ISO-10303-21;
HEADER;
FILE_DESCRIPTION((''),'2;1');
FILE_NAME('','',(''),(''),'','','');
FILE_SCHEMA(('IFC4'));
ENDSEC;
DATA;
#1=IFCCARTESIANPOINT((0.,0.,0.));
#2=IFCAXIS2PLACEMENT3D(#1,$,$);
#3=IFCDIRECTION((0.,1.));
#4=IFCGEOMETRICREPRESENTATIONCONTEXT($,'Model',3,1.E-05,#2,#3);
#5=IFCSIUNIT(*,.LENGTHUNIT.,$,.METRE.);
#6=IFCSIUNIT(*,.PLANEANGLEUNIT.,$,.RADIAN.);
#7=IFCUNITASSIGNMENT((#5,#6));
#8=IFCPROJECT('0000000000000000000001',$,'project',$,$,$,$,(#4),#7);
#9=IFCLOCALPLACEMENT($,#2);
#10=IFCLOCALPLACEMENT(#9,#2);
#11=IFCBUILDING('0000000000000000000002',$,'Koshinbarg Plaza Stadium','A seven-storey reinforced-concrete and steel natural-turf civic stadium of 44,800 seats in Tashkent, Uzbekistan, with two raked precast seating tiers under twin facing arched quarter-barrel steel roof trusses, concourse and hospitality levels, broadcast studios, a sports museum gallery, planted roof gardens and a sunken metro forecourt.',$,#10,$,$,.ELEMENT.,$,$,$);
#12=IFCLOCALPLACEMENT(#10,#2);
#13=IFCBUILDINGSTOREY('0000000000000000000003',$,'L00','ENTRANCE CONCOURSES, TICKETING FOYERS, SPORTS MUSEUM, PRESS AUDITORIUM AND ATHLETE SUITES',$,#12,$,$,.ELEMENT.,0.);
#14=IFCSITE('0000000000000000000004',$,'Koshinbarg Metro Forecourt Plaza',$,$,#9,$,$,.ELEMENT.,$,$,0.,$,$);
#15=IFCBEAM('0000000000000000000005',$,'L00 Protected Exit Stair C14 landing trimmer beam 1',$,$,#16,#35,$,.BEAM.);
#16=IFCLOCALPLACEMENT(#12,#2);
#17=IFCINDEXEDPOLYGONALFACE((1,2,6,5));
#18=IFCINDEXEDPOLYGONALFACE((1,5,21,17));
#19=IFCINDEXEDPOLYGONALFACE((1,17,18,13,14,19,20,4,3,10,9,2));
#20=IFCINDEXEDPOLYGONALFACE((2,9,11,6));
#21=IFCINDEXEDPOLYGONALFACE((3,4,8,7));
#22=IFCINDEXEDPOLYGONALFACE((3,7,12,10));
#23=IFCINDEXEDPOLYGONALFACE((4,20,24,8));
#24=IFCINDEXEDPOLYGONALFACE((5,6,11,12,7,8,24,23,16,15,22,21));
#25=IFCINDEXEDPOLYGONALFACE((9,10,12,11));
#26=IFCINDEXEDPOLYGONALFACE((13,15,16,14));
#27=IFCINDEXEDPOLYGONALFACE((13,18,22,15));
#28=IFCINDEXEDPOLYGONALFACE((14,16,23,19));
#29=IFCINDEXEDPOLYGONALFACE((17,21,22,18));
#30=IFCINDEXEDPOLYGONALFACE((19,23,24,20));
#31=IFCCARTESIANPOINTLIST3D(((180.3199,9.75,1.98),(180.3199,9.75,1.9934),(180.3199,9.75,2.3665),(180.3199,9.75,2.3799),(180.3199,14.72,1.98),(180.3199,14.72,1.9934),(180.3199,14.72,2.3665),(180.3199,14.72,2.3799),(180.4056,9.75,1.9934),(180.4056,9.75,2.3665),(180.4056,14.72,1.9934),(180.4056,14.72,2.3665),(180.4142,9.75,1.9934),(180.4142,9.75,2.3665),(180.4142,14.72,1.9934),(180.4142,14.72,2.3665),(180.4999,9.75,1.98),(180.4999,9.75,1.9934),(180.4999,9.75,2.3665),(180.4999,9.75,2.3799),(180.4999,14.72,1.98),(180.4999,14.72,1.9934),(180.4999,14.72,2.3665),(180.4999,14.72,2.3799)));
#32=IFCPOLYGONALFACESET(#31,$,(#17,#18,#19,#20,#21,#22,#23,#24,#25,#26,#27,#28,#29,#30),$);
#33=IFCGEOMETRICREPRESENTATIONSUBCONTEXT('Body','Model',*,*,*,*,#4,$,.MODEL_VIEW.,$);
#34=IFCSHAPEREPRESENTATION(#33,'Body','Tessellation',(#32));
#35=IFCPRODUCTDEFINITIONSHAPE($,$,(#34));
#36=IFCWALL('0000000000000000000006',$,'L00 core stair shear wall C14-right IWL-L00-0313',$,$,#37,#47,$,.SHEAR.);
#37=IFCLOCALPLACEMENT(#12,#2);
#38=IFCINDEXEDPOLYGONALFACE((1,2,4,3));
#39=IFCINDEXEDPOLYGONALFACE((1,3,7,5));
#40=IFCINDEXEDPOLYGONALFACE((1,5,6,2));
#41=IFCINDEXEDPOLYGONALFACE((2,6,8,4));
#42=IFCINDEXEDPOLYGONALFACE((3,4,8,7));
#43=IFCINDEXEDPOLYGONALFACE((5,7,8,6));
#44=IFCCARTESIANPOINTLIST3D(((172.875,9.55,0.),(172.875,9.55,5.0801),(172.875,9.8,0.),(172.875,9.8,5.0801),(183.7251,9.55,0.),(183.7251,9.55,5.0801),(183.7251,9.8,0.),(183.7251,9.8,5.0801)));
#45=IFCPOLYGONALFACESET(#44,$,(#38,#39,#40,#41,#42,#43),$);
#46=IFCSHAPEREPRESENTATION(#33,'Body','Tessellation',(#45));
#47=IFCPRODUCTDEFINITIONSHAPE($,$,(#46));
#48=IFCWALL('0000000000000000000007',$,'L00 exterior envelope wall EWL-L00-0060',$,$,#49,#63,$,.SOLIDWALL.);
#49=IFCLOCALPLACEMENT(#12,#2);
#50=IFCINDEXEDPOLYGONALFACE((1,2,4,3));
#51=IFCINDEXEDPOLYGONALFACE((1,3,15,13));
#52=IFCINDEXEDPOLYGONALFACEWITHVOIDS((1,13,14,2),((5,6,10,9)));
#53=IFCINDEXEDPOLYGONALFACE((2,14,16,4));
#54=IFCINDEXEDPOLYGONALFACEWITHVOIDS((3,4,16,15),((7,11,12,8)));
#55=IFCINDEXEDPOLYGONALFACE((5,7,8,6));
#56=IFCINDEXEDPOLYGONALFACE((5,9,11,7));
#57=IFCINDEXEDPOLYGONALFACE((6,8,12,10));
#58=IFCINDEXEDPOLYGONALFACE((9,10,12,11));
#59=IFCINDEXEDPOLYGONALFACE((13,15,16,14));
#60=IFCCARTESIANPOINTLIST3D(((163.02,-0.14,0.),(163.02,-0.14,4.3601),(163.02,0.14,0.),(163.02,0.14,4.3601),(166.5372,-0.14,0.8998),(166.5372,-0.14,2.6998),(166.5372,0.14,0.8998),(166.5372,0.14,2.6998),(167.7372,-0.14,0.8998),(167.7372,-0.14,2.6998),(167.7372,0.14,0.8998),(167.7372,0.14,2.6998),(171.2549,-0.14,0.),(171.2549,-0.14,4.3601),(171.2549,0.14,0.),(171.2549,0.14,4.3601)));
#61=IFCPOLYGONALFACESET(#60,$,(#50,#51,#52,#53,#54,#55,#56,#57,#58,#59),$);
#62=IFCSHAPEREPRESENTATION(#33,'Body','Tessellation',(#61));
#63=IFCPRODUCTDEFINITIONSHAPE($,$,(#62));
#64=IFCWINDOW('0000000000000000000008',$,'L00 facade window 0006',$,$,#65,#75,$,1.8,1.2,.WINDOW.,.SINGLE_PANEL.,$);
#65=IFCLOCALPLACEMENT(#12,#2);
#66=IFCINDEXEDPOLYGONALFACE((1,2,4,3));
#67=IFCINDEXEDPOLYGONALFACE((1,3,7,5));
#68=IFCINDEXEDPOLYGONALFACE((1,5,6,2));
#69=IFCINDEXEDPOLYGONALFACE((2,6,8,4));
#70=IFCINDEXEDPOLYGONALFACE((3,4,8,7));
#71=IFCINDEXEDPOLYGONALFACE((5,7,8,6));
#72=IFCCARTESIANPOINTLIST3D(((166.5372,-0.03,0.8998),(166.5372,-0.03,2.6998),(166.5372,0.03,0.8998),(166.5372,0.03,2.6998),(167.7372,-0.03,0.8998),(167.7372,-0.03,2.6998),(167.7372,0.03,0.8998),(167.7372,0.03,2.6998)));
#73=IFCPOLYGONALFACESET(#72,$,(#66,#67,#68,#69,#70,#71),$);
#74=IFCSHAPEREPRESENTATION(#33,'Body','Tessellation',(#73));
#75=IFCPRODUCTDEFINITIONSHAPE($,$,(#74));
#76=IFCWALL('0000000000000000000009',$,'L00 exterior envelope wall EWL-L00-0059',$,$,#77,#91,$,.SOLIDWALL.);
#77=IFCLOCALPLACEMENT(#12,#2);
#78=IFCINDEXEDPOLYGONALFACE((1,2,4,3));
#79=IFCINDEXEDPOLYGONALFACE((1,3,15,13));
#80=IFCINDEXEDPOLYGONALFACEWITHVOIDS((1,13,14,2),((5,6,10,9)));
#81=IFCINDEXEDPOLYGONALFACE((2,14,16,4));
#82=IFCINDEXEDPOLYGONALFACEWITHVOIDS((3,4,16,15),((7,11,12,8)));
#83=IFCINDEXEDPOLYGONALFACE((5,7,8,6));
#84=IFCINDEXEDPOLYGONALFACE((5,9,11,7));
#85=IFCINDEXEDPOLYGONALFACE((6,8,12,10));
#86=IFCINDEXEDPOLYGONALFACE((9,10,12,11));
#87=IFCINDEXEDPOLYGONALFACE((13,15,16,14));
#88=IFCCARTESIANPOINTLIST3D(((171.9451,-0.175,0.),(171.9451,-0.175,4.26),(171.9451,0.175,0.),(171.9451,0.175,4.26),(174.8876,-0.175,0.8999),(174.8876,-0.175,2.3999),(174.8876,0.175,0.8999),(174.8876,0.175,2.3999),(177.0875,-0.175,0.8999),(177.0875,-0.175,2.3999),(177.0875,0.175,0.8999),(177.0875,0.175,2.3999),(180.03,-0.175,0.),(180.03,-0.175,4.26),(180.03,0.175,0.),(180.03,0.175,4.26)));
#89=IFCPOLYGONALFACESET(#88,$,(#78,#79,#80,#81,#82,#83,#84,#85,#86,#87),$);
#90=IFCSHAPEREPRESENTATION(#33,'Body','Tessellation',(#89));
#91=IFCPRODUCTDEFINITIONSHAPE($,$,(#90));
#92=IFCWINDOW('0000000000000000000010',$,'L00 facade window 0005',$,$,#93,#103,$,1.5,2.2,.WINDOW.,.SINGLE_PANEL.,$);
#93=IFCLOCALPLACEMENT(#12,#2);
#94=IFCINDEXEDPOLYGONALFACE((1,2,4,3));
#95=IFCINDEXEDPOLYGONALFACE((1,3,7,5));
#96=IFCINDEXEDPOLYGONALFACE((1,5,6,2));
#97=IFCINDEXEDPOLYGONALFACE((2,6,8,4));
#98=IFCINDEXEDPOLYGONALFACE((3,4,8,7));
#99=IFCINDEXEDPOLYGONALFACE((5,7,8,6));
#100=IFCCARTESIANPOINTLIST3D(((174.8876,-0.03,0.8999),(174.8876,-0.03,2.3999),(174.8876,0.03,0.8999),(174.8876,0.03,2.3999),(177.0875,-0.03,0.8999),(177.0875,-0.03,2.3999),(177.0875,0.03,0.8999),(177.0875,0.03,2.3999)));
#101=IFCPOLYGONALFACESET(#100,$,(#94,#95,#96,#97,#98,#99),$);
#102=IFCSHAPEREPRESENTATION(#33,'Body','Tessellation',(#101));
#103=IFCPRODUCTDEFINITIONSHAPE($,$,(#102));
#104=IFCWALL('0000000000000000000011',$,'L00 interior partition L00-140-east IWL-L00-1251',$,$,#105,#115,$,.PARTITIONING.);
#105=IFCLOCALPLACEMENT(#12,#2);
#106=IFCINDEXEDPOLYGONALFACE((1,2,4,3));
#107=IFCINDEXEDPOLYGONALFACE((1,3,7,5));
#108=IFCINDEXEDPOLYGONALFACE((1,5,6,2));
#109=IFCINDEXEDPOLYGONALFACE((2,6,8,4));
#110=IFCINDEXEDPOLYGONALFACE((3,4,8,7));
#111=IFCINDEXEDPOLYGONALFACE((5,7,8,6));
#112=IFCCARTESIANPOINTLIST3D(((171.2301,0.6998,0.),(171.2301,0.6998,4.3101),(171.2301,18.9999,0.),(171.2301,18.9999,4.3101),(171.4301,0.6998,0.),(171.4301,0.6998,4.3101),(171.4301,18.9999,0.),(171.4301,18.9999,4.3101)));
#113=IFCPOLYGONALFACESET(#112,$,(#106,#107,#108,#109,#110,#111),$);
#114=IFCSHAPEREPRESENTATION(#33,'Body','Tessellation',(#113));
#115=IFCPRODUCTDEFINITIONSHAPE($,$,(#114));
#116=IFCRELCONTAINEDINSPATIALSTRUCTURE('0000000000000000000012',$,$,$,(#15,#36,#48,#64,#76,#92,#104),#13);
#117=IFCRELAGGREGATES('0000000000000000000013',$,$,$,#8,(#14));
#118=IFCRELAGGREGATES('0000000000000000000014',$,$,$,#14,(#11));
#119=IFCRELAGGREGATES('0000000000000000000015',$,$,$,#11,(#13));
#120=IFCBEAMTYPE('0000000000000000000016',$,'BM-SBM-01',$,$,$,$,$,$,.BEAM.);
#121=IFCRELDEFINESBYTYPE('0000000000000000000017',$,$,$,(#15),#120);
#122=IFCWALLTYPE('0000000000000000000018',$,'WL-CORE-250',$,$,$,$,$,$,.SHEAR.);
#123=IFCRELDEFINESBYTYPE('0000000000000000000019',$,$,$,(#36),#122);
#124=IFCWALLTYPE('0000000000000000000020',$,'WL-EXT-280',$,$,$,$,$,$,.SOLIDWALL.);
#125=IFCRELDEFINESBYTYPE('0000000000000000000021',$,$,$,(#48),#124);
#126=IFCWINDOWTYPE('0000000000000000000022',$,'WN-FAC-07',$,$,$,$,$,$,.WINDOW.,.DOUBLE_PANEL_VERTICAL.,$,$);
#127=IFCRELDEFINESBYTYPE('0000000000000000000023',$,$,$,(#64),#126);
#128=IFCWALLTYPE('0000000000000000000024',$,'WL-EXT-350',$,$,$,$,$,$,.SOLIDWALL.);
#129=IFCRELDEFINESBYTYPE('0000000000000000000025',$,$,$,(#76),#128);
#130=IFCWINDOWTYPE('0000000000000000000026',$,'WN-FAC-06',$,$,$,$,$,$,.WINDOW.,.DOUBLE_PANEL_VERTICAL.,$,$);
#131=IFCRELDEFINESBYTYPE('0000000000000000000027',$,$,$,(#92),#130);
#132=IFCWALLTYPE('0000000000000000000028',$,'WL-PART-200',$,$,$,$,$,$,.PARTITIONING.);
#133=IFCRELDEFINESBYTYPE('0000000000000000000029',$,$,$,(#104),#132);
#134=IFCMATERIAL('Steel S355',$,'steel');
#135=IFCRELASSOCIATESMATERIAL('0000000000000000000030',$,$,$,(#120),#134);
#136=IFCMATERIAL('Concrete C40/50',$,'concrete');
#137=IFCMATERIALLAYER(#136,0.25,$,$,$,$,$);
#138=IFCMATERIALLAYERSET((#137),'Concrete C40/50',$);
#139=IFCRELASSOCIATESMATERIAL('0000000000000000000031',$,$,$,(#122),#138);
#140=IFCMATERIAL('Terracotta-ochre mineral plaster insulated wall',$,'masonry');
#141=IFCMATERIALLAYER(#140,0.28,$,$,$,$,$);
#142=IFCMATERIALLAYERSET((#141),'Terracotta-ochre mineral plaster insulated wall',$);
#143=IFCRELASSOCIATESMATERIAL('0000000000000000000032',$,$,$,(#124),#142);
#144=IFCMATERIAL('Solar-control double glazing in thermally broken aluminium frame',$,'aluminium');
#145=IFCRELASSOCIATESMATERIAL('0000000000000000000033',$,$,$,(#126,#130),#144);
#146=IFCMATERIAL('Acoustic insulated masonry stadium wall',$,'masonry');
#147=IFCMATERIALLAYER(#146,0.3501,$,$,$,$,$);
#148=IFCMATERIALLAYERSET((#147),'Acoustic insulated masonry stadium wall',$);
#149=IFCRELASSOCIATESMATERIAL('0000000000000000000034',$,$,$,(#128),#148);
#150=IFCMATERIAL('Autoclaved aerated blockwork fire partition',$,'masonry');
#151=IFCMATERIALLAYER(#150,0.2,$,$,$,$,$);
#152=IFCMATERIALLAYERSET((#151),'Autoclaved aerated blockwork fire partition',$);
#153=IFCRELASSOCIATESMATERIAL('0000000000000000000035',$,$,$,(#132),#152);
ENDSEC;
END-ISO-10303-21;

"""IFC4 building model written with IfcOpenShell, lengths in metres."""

from ifc_helpers import new_model, si_unit, direction, frame, frame_2d, origin, origin_2d, place, context, subcontext, project, spatial, rectangle, i_section, extrude, material, layer, layer_set, material_profile, profile_set, type_object, element, fill, save


model = new_model("IFC4")

# Units and contexts
model_context = context("Model", 3, precision=1e-05, world=origin(), true_north=direction((0.0, 1.0)))
body_context = subcontext(model_context, "Body", "Model", "MODEL_VIEW")
ifc_project = project(units=[si_unit("LENGTHUNIT", "METRE"), si_unit("PLANEANGLEUNIT", "RADIAN")], contexts=[model_context])

# Site, building, storey
site_placement = place(None, origin())
site = spatial("IfcSite", under=ifc_project, at=site_placement, Name="Koshinbarg Metro Forecourt Plaza", CompositionType="ELEMENT", RefElevation=0.0)
building_placement = place(site_placement, origin())
building = spatial("IfcBuilding", under=site, at=building_placement, Name="Koshinbarg Plaza Stadium", Description="A seven-storey reinforced-concrete and steel natural-turf civic stadium of 44,800 seats in Tashkent, Uzbekistan, with two raked precast seating tiers under twin facing arched quarter-barrel steel roof trusses, concourse and hospitality levels, broadcast studios, a sports museum gallery, planted roof gardens and a sunken metro forecourt.", CompositionType="ELEMENT")
storey_placement = place(building_placement, origin())
storey = spatial("IfcBuildingStorey", under=building, at=storey_placement, Name="L00", Description="ENTRANCE CONCOURSES, TICKETING FOYERS, SPORTS MUSEUM, PRESS AUDITORIUM AND ATHLETE SUITES", CompositionType="ELEMENT", Elevation=0.0)

# Shared definitions
ifc_material_1 = material(Name="Concrete C40/50", Category="concrete")

# Beam
ifc_material_2 = material(Name="Steel S355", Category="steel")
ifc_material_profile_1 = material_profile(ifc_material_2, i_section(OverallWidth=0.1799, OverallDepth=0.3999, WebThickness=0.0085, FlangeThickness=0.0134, at=origin_2d()), Name="IPE 400")
ifc_profile_set_1 = profile_set([ifc_material_profile_1], Name="Steel S355")
beam_type = type_object("IfcBeamType", Name="BM-SBM-01", PredefinedType="BEAM", material=ifc_profile_set_1)
beam_placement = place(storey_placement, frame((180.4099, 9.75, 2.1799), z_axis=(0.0, 1.0, 0.0), x_axis=(-1.0, 0.0, 0.0)))
element("IfcBeam", 1, at=beam_placement, inside=storey, type_object=beam_type, Name="L00 Protected Exit Stair C14 landing trimmer beam 1", PredefinedType="BEAM", context=body_context, shape_type="SweptSolid", body=[
    extrude(i_section(OverallWidth=0.1799, OverallDepth=0.3999, WebThickness=0.0085, FlangeThickness=0.0134, at=origin_2d()), origin(), (0.0, 0.0, 1.0), 4.97),
])

# Wall
ifc_layer_1 = layer(ifc_material_1, 0.25)
ifc_layer_set_1 = layer_set([ifc_layer_1], Name="Concrete C40/50")
wall_type_1 = type_object("IfcWallType", Name="WL-CORE-250", PredefinedType="SHEAR", material=ifc_layer_set_1)
wall_1_placement = place(storey_placement, frame((172.875, 9.675, 0.0), z_axis=(0.0, 0.0, 1.0), x_axis=(1.0, 0.0, 0.0)))
element("IfcWall", 2, at=wall_1_placement, inside=storey, type_object=wall_type_1, Name="L00 core stair shear wall C14-right IWL-L00-0313", PredefinedType="SHEAR", context=body_context, shape_type="SweptSolid", body=[
    extrude(rectangle(XDim=10.8501, YDim=0.25, at=frame_2d((5.425, 0.0))), origin(), (0.0, 0.0, 1.0), 5.0801),
])

# Walls, openings, windows
ifc_material_3 = material(Name="Terracotta-ochre mineral plaster insulated wall", Category="masonry")
ifc_layer_2 = layer(ifc_material_3, 0.28)
ifc_layer_set_2 = layer_set([ifc_layer_2], Name="Terracotta-ochre mineral plaster insulated wall")
wall_type_2 = type_object("IfcWallType", Name="WL-EXT-280", PredefinedType="SOLIDWALL", material=ifc_layer_set_2)
wall_2_placement = place(storey_placement, frame((171.2549, 0.0, 0.0), z_axis=(0.0, 0.0, 1.0), x_axis=(-1.0, 0.0, 0.0)))
wall_2 = element("IfcWall", 3, at=wall_2_placement, inside=storey, type_object=wall_type_2, Name="L00 exterior envelope wall EWL-L00-0060", PredefinedType="SOLIDWALL", context=body_context, shape_type="SweptSolid", body=[
    extrude(rectangle(XDim=8.2349, YDim=0.28, at=frame_2d((4.1174, 0.0))), origin(), (0.0, 0.0, 1.0), 4.3601),
])
opening_1_placement = place(wall_2_placement, frame((3.5176, 0.0, 0.8999)))
opening_1 = element("IfcOpeningElement", 4, at=opening_1_placement, cuts=wall_2, PredefinedType="OPENING", context=body_context, shape_type="SweptSolid", body=[
    extrude(rectangle(XDim=1.2, YDim=1.8, at=frame_2d((0.6001, 0.8999))), frame((0.0, 0.1499, 0.0), z_axis=(0.0, -1.0, 0.0), x_axis=(1.0, 0.0, 0.0)), (0.0, 0.0, 1.0), 0.3),
])
ifc_material_4 = material(Name="Solar-control double glazing in thermally broken aluminium frame", Category="aluminium")
window_type_1 = type_object("IfcWindowType", Name="WN-FAC-07", PartitioningType="DOUBLE_PANEL_VERTICAL", PredefinedType="WINDOW", material=ifc_material_4)
window_1_placement = place(opening_1_placement, origin())
window_1 = element("IfcWindow", 5, at=window_1_placement, inside=storey, type_object=window_type_1, Name="L00 facade window 0006", OverallHeight=1.8, OverallWidth=1.2, PartitioningType="SINGLE_PANEL", PredefinedType="WINDOW", context=body_context, shape_type="SweptSolid", body=[
    extrude(rectangle(XDim=1.2, YDim=1.8, at=frame_2d((0.6001, 0.8999))), frame((0.0, 0.03, 0.0), z_axis=(0.0, -1.0, 0.0), x_axis=(1.0, 0.0, 0.0)), (0.0, 0.0, 1.0), 0.0601),
])
fill(opening_1, window_1)
ifc_material_5 = material(Name="Acoustic insulated masonry stadium wall", Category="masonry")
ifc_layer_3 = layer(ifc_material_5, 0.3501)
ifc_layer_set_3 = layer_set([ifc_layer_3], Name="Acoustic insulated masonry stadium wall")
wall_type_3 = type_object("IfcWallType", Name="WL-EXT-350", PredefinedType="SOLIDWALL", material=ifc_layer_set_3)
wall_3_placement = place(storey_placement, frame((180.03, 0.0, 0.0), z_axis=(0.0, 0.0, 1.0), x_axis=(-1.0, 0.0, 0.0)))
wall_3 = element("IfcWall", 6, at=wall_3_placement, inside=storey, type_object=wall_type_3, Name="L00 exterior envelope wall EWL-L00-0059", PredefinedType="SOLIDWALL", context=body_context, shape_type="SweptSolid", body=[
    extrude(rectangle(XDim=8.085, YDim=0.3501, at=frame_2d((4.0425, 0.0))), origin(), (0.0, 0.0, 1.0), 4.26),
])
opening_2_placement = place(wall_3_placement, frame((2.9424, 0.0, 0.8999)))
opening_2 = element("IfcOpeningElement", 7, at=opening_2_placement, cuts=wall_3, PredefinedType="OPENING", context=body_context, shape_type="SweptSolid", body=[
    extrude(rectangle(XDim=2.2, YDim=1.5, at=frame_2d((1.1001, 0.75))), frame((0.0, 0.1851, 0.0), z_axis=(0.0, -1.0, 0.0), x_axis=(1.0, 0.0, 0.0)), (0.0, 0.0, 1.0), 0.3701),
])
window_type_2 = type_object("IfcWindowType", Name="WN-FAC-06", PartitioningType="DOUBLE_PANEL_VERTICAL", PredefinedType="WINDOW", material=ifc_material_4)
window_2_placement = place(opening_2_placement, origin())
window_2 = element("IfcWindow", 8, at=window_2_placement, inside=storey, type_object=window_type_2, Name="L00 facade window 0005", OverallHeight=1.5, OverallWidth=2.2, PartitioningType="SINGLE_PANEL", PredefinedType="WINDOW", context=body_context, shape_type="SweptSolid", body=[
    extrude(rectangle(XDim=2.2, YDim=1.5, at=frame_2d((1.1001, 0.75))), frame((0.0, 0.03, 0.0), z_axis=(0.0, -1.0, 0.0), x_axis=(1.0, 0.0, 0.0)), (0.0, 0.0, 1.0), 0.0601),
])
fill(opening_2, window_2)

# Wall
ifc_material_6 = material(Name="Autoclaved aerated blockwork fire partition", Category="masonry")
ifc_layer_4 = layer(ifc_material_6, 0.2)
ifc_layer_set_4 = layer_set([ifc_layer_4], Name="Autoclaved aerated blockwork fire partition")
wall_type_4 = type_object("IfcWallType", Name="WL-PART-200", PredefinedType="PARTITIONING", material=ifc_layer_set_4)
wall_4_placement = place(storey_placement, frame((171.3301, 0.7, 0.0), z_axis=(0.0, 0.0, 1.0), x_axis=(0.0, 1.0, 0.0)))
element("IfcWall", 9, at=wall_4_placement, inside=storey, type_object=wall_type_4, Name="L00 interior partition L00-140-east IWL-L00-1251", PredefinedType="PARTITIONING", context=body_context, shape_type="SweptSolid", body=[
    extrude(rectangle(XDim=18.3, YDim=0.2, at=frame_2d((9.1499, 0.0))), origin(), (0.0, 0.0, 1.0), 4.3101),
])

save(model, "model.ifc")
